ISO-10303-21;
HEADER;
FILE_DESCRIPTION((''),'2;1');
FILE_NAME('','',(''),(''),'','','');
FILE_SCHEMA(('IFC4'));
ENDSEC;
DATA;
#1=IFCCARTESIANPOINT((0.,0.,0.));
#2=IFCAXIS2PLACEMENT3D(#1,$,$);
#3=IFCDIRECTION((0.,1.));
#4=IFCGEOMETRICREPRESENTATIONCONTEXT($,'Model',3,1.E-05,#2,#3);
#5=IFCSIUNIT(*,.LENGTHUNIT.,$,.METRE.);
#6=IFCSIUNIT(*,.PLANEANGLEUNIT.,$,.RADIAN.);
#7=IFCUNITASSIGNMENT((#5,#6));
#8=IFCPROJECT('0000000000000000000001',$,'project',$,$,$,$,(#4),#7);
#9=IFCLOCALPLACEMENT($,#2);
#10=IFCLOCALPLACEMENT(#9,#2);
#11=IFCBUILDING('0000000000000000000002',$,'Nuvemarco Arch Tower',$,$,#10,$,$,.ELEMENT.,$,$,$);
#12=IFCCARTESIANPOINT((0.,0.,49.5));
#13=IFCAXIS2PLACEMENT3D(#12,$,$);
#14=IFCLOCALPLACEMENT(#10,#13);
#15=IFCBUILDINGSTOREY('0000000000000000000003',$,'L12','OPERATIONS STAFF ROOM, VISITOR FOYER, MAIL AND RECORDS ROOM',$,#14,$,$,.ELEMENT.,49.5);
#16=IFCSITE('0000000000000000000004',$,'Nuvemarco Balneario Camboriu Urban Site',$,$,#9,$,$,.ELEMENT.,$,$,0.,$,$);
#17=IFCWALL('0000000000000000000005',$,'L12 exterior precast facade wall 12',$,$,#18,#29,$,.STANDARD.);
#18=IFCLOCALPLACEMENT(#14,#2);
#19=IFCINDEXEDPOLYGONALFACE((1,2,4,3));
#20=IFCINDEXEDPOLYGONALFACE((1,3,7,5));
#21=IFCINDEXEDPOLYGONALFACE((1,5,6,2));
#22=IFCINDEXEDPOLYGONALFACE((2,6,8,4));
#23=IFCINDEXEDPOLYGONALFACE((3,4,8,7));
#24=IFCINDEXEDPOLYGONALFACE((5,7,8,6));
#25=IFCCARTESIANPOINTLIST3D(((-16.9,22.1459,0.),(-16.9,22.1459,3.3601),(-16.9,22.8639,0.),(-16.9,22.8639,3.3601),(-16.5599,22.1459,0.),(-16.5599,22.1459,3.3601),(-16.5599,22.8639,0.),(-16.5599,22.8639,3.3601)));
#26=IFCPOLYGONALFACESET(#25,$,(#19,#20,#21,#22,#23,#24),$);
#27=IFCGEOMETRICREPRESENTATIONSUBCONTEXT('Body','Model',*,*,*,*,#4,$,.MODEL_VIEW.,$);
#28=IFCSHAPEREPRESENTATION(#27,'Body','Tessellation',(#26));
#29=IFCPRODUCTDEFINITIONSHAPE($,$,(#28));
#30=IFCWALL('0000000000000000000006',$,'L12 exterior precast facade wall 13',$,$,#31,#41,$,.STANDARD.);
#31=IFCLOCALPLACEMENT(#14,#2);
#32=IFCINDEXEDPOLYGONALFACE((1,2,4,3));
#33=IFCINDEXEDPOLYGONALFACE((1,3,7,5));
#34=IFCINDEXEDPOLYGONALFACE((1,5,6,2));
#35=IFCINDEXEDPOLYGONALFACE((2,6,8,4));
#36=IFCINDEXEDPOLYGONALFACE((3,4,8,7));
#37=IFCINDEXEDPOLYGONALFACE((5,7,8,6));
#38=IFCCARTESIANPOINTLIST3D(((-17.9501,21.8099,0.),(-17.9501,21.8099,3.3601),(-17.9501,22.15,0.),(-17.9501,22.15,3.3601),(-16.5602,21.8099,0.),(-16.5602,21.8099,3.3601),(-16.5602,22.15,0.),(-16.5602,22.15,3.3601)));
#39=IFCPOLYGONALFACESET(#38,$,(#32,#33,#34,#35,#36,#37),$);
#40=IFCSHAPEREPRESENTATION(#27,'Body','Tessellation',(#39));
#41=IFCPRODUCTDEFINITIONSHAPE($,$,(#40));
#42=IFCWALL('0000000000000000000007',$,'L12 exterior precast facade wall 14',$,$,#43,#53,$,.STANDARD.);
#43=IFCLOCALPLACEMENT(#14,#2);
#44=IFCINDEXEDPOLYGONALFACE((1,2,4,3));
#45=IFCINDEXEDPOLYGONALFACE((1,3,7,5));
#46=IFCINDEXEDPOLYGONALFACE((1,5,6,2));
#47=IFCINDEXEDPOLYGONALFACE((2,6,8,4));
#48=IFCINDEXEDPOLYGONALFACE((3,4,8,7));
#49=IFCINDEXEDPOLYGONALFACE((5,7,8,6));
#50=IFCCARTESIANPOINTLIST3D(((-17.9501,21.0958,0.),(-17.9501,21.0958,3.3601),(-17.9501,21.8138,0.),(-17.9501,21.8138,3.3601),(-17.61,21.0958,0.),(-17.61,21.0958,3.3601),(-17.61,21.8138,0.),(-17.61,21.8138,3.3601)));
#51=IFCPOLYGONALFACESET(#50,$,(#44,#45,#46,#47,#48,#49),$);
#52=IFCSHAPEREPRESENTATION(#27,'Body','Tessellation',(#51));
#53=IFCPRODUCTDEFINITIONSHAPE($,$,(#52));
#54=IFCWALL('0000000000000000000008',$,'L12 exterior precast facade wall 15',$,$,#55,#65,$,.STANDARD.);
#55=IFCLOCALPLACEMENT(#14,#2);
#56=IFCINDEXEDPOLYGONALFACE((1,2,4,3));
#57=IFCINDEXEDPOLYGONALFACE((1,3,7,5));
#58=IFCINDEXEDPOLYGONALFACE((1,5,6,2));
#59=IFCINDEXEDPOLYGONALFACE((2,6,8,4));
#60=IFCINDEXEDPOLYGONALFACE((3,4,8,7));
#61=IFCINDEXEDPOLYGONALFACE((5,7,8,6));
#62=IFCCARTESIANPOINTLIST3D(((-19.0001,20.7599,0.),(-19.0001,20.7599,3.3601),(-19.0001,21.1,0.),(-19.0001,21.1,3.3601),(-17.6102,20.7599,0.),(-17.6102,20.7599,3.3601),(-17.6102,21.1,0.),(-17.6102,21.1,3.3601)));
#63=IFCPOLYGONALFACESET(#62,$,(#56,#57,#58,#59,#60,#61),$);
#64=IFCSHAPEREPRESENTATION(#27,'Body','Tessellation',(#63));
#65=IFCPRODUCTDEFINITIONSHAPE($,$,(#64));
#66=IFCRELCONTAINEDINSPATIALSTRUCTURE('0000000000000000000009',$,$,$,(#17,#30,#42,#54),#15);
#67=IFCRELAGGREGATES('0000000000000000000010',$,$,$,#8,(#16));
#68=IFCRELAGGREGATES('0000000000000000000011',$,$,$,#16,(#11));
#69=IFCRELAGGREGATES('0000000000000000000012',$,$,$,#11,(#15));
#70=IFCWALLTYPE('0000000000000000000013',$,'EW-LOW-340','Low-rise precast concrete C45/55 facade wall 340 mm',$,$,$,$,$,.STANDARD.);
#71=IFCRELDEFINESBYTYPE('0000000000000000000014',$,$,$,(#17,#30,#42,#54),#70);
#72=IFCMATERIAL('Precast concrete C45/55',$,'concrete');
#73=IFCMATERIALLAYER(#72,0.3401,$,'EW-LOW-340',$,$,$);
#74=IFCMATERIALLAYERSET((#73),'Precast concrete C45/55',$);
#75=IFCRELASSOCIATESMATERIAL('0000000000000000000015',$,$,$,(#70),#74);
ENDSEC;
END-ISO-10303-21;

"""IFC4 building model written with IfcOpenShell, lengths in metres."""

from ifc_helpers import new_model, si_unit, direction, frame, frame_2d, origin, place, context, subcontext, project, spatial, rectangle, extrude, material, layer, layer_set, type_object, element, save


model = new_model("IFC4")

# Units and contexts
model_context = context("Model", 3, precision=1e-05, world=origin(), true_north=direction((0.0, 1.0)))
body_context = subcontext(model_context, "Body", "Model", "MODEL_VIEW")
ifc_project = project(units=[si_unit("LENGTHUNIT", "METRE"), si_unit("PLANEANGLEUNIT", "RADIAN")], contexts=[model_context])

# Site, building, storey
site_placement = place(None, origin())
site = spatial("IfcSite", under=ifc_project, at=site_placement, Name="Nuvemarco Balneario Camboriu Urban Site", CompositionType="ELEMENT", RefElevation=0.0)
building_placement = place(site_placement, origin())
building = spatial("IfcBuilding", under=site, at=building_placement, Name="Nuvemarco Arch Tower", CompositionType="ELEMENT")
storey_placement = place(building_placement, frame((0.0, 0.0, 49.5)))
storey = spatial("IfcBuildingStorey", under=building, at=storey_placement, Name="L12", Description="OPERATIONS STAFF ROOM, VISITOR FOYER, MAIL AND RECORDS ROOM", CompositionType="ELEMENT", Elevation=49.5)

# Shared definitions
ifc_material_1 = material(Name="Precast concrete C45/55", Category="concrete")
ifc_layer = layer(ifc_material_1, 0.3401, Name="EW-LOW-340")
ifc_layer_set = layer_set([ifc_layer], Name="Precast concrete C45/55")
wall_type = type_object("IfcWallType", Name="EW-LOW-340", Description="Low-rise precast concrete C45/55 facade wall 340 mm", PredefinedType="STANDARD", material=ifc_layer_set)

# Walls
wall_1_placement = place(storey_placement, frame((-16.73, 22.146, 0.0), z_axis=(0.0, 0.0, 1.0), x_axis=(0.0, 1.0, 0.0)))
element("IfcWall", 1, at=wall_1_placement, inside=storey, type_object=wall_type, Name="L12 exterior precast facade wall 12", PredefinedType="STANDARD", context=body_context, shape_type="SweptSolid", body=[
    extrude(rectangle(XDim=0.718, YDim=0.3401, at=frame_2d((0.3589, 0.0))), origin(), (0.0, 0.0, 1.0), 3.3601),
])
wall_2_placement = place(storey_placement, frame((-17.95, 21.98, 0.0), z_axis=(0.0, 0.0, 1.0), x_axis=(1.0, 0.0, 0.0)))
element("IfcWall", 2, at=wall_2_placement, inside=storey, type_object=wall_type, Name="L12 exterior precast facade wall 13", PredefinedType="STANDARD", context=body_context, shape_type="SweptSolid", body=[
    extrude(rectangle(XDim=1.3899, YDim=0.3401, at=frame_2d((0.6948, 0.0))), origin(), (0.0, 0.0, 1.0), 3.3601),
])
wall_3_placement = place(storey_placement, frame((-17.78, 21.0959, 0.0), z_axis=(0.0, 0.0, 1.0), x_axis=(0.0, 1.0, 0.0)))
element("IfcWall", 3, at=wall_3_placement, inside=storey, type_object=wall_type, Name="L12 exterior precast facade wall 14", PredefinedType="STANDARD", context=body_context, shape_type="SweptSolid", body=[
    extrude(rectangle(XDim=0.718, YDim=0.3401, at=frame_2d((0.3589, 0.0))), origin(), (0.0, 0.0, 1.0), 3.3601),
])
wall_4_placement = place(storey_placement, frame((-19.0, 20.9299, 0.0), z_axis=(0.0, 0.0, 1.0), x_axis=(1.0, 0.0, 0.0)))
element("IfcWall", 4, at=wall_4_placement, inside=storey, type_object=wall_type, Name="L12 exterior precast facade wall 15", PredefinedType="STANDARD", context=body_context, shape_type="SweptSolid", body=[
    extrude(rectangle(XDim=1.3899, YDim=0.3401, at=frame_2d((0.6948, 0.0))), origin(), (0.0, 0.0, 1.0), 3.3601),
])

save(model, "model.ifc")
